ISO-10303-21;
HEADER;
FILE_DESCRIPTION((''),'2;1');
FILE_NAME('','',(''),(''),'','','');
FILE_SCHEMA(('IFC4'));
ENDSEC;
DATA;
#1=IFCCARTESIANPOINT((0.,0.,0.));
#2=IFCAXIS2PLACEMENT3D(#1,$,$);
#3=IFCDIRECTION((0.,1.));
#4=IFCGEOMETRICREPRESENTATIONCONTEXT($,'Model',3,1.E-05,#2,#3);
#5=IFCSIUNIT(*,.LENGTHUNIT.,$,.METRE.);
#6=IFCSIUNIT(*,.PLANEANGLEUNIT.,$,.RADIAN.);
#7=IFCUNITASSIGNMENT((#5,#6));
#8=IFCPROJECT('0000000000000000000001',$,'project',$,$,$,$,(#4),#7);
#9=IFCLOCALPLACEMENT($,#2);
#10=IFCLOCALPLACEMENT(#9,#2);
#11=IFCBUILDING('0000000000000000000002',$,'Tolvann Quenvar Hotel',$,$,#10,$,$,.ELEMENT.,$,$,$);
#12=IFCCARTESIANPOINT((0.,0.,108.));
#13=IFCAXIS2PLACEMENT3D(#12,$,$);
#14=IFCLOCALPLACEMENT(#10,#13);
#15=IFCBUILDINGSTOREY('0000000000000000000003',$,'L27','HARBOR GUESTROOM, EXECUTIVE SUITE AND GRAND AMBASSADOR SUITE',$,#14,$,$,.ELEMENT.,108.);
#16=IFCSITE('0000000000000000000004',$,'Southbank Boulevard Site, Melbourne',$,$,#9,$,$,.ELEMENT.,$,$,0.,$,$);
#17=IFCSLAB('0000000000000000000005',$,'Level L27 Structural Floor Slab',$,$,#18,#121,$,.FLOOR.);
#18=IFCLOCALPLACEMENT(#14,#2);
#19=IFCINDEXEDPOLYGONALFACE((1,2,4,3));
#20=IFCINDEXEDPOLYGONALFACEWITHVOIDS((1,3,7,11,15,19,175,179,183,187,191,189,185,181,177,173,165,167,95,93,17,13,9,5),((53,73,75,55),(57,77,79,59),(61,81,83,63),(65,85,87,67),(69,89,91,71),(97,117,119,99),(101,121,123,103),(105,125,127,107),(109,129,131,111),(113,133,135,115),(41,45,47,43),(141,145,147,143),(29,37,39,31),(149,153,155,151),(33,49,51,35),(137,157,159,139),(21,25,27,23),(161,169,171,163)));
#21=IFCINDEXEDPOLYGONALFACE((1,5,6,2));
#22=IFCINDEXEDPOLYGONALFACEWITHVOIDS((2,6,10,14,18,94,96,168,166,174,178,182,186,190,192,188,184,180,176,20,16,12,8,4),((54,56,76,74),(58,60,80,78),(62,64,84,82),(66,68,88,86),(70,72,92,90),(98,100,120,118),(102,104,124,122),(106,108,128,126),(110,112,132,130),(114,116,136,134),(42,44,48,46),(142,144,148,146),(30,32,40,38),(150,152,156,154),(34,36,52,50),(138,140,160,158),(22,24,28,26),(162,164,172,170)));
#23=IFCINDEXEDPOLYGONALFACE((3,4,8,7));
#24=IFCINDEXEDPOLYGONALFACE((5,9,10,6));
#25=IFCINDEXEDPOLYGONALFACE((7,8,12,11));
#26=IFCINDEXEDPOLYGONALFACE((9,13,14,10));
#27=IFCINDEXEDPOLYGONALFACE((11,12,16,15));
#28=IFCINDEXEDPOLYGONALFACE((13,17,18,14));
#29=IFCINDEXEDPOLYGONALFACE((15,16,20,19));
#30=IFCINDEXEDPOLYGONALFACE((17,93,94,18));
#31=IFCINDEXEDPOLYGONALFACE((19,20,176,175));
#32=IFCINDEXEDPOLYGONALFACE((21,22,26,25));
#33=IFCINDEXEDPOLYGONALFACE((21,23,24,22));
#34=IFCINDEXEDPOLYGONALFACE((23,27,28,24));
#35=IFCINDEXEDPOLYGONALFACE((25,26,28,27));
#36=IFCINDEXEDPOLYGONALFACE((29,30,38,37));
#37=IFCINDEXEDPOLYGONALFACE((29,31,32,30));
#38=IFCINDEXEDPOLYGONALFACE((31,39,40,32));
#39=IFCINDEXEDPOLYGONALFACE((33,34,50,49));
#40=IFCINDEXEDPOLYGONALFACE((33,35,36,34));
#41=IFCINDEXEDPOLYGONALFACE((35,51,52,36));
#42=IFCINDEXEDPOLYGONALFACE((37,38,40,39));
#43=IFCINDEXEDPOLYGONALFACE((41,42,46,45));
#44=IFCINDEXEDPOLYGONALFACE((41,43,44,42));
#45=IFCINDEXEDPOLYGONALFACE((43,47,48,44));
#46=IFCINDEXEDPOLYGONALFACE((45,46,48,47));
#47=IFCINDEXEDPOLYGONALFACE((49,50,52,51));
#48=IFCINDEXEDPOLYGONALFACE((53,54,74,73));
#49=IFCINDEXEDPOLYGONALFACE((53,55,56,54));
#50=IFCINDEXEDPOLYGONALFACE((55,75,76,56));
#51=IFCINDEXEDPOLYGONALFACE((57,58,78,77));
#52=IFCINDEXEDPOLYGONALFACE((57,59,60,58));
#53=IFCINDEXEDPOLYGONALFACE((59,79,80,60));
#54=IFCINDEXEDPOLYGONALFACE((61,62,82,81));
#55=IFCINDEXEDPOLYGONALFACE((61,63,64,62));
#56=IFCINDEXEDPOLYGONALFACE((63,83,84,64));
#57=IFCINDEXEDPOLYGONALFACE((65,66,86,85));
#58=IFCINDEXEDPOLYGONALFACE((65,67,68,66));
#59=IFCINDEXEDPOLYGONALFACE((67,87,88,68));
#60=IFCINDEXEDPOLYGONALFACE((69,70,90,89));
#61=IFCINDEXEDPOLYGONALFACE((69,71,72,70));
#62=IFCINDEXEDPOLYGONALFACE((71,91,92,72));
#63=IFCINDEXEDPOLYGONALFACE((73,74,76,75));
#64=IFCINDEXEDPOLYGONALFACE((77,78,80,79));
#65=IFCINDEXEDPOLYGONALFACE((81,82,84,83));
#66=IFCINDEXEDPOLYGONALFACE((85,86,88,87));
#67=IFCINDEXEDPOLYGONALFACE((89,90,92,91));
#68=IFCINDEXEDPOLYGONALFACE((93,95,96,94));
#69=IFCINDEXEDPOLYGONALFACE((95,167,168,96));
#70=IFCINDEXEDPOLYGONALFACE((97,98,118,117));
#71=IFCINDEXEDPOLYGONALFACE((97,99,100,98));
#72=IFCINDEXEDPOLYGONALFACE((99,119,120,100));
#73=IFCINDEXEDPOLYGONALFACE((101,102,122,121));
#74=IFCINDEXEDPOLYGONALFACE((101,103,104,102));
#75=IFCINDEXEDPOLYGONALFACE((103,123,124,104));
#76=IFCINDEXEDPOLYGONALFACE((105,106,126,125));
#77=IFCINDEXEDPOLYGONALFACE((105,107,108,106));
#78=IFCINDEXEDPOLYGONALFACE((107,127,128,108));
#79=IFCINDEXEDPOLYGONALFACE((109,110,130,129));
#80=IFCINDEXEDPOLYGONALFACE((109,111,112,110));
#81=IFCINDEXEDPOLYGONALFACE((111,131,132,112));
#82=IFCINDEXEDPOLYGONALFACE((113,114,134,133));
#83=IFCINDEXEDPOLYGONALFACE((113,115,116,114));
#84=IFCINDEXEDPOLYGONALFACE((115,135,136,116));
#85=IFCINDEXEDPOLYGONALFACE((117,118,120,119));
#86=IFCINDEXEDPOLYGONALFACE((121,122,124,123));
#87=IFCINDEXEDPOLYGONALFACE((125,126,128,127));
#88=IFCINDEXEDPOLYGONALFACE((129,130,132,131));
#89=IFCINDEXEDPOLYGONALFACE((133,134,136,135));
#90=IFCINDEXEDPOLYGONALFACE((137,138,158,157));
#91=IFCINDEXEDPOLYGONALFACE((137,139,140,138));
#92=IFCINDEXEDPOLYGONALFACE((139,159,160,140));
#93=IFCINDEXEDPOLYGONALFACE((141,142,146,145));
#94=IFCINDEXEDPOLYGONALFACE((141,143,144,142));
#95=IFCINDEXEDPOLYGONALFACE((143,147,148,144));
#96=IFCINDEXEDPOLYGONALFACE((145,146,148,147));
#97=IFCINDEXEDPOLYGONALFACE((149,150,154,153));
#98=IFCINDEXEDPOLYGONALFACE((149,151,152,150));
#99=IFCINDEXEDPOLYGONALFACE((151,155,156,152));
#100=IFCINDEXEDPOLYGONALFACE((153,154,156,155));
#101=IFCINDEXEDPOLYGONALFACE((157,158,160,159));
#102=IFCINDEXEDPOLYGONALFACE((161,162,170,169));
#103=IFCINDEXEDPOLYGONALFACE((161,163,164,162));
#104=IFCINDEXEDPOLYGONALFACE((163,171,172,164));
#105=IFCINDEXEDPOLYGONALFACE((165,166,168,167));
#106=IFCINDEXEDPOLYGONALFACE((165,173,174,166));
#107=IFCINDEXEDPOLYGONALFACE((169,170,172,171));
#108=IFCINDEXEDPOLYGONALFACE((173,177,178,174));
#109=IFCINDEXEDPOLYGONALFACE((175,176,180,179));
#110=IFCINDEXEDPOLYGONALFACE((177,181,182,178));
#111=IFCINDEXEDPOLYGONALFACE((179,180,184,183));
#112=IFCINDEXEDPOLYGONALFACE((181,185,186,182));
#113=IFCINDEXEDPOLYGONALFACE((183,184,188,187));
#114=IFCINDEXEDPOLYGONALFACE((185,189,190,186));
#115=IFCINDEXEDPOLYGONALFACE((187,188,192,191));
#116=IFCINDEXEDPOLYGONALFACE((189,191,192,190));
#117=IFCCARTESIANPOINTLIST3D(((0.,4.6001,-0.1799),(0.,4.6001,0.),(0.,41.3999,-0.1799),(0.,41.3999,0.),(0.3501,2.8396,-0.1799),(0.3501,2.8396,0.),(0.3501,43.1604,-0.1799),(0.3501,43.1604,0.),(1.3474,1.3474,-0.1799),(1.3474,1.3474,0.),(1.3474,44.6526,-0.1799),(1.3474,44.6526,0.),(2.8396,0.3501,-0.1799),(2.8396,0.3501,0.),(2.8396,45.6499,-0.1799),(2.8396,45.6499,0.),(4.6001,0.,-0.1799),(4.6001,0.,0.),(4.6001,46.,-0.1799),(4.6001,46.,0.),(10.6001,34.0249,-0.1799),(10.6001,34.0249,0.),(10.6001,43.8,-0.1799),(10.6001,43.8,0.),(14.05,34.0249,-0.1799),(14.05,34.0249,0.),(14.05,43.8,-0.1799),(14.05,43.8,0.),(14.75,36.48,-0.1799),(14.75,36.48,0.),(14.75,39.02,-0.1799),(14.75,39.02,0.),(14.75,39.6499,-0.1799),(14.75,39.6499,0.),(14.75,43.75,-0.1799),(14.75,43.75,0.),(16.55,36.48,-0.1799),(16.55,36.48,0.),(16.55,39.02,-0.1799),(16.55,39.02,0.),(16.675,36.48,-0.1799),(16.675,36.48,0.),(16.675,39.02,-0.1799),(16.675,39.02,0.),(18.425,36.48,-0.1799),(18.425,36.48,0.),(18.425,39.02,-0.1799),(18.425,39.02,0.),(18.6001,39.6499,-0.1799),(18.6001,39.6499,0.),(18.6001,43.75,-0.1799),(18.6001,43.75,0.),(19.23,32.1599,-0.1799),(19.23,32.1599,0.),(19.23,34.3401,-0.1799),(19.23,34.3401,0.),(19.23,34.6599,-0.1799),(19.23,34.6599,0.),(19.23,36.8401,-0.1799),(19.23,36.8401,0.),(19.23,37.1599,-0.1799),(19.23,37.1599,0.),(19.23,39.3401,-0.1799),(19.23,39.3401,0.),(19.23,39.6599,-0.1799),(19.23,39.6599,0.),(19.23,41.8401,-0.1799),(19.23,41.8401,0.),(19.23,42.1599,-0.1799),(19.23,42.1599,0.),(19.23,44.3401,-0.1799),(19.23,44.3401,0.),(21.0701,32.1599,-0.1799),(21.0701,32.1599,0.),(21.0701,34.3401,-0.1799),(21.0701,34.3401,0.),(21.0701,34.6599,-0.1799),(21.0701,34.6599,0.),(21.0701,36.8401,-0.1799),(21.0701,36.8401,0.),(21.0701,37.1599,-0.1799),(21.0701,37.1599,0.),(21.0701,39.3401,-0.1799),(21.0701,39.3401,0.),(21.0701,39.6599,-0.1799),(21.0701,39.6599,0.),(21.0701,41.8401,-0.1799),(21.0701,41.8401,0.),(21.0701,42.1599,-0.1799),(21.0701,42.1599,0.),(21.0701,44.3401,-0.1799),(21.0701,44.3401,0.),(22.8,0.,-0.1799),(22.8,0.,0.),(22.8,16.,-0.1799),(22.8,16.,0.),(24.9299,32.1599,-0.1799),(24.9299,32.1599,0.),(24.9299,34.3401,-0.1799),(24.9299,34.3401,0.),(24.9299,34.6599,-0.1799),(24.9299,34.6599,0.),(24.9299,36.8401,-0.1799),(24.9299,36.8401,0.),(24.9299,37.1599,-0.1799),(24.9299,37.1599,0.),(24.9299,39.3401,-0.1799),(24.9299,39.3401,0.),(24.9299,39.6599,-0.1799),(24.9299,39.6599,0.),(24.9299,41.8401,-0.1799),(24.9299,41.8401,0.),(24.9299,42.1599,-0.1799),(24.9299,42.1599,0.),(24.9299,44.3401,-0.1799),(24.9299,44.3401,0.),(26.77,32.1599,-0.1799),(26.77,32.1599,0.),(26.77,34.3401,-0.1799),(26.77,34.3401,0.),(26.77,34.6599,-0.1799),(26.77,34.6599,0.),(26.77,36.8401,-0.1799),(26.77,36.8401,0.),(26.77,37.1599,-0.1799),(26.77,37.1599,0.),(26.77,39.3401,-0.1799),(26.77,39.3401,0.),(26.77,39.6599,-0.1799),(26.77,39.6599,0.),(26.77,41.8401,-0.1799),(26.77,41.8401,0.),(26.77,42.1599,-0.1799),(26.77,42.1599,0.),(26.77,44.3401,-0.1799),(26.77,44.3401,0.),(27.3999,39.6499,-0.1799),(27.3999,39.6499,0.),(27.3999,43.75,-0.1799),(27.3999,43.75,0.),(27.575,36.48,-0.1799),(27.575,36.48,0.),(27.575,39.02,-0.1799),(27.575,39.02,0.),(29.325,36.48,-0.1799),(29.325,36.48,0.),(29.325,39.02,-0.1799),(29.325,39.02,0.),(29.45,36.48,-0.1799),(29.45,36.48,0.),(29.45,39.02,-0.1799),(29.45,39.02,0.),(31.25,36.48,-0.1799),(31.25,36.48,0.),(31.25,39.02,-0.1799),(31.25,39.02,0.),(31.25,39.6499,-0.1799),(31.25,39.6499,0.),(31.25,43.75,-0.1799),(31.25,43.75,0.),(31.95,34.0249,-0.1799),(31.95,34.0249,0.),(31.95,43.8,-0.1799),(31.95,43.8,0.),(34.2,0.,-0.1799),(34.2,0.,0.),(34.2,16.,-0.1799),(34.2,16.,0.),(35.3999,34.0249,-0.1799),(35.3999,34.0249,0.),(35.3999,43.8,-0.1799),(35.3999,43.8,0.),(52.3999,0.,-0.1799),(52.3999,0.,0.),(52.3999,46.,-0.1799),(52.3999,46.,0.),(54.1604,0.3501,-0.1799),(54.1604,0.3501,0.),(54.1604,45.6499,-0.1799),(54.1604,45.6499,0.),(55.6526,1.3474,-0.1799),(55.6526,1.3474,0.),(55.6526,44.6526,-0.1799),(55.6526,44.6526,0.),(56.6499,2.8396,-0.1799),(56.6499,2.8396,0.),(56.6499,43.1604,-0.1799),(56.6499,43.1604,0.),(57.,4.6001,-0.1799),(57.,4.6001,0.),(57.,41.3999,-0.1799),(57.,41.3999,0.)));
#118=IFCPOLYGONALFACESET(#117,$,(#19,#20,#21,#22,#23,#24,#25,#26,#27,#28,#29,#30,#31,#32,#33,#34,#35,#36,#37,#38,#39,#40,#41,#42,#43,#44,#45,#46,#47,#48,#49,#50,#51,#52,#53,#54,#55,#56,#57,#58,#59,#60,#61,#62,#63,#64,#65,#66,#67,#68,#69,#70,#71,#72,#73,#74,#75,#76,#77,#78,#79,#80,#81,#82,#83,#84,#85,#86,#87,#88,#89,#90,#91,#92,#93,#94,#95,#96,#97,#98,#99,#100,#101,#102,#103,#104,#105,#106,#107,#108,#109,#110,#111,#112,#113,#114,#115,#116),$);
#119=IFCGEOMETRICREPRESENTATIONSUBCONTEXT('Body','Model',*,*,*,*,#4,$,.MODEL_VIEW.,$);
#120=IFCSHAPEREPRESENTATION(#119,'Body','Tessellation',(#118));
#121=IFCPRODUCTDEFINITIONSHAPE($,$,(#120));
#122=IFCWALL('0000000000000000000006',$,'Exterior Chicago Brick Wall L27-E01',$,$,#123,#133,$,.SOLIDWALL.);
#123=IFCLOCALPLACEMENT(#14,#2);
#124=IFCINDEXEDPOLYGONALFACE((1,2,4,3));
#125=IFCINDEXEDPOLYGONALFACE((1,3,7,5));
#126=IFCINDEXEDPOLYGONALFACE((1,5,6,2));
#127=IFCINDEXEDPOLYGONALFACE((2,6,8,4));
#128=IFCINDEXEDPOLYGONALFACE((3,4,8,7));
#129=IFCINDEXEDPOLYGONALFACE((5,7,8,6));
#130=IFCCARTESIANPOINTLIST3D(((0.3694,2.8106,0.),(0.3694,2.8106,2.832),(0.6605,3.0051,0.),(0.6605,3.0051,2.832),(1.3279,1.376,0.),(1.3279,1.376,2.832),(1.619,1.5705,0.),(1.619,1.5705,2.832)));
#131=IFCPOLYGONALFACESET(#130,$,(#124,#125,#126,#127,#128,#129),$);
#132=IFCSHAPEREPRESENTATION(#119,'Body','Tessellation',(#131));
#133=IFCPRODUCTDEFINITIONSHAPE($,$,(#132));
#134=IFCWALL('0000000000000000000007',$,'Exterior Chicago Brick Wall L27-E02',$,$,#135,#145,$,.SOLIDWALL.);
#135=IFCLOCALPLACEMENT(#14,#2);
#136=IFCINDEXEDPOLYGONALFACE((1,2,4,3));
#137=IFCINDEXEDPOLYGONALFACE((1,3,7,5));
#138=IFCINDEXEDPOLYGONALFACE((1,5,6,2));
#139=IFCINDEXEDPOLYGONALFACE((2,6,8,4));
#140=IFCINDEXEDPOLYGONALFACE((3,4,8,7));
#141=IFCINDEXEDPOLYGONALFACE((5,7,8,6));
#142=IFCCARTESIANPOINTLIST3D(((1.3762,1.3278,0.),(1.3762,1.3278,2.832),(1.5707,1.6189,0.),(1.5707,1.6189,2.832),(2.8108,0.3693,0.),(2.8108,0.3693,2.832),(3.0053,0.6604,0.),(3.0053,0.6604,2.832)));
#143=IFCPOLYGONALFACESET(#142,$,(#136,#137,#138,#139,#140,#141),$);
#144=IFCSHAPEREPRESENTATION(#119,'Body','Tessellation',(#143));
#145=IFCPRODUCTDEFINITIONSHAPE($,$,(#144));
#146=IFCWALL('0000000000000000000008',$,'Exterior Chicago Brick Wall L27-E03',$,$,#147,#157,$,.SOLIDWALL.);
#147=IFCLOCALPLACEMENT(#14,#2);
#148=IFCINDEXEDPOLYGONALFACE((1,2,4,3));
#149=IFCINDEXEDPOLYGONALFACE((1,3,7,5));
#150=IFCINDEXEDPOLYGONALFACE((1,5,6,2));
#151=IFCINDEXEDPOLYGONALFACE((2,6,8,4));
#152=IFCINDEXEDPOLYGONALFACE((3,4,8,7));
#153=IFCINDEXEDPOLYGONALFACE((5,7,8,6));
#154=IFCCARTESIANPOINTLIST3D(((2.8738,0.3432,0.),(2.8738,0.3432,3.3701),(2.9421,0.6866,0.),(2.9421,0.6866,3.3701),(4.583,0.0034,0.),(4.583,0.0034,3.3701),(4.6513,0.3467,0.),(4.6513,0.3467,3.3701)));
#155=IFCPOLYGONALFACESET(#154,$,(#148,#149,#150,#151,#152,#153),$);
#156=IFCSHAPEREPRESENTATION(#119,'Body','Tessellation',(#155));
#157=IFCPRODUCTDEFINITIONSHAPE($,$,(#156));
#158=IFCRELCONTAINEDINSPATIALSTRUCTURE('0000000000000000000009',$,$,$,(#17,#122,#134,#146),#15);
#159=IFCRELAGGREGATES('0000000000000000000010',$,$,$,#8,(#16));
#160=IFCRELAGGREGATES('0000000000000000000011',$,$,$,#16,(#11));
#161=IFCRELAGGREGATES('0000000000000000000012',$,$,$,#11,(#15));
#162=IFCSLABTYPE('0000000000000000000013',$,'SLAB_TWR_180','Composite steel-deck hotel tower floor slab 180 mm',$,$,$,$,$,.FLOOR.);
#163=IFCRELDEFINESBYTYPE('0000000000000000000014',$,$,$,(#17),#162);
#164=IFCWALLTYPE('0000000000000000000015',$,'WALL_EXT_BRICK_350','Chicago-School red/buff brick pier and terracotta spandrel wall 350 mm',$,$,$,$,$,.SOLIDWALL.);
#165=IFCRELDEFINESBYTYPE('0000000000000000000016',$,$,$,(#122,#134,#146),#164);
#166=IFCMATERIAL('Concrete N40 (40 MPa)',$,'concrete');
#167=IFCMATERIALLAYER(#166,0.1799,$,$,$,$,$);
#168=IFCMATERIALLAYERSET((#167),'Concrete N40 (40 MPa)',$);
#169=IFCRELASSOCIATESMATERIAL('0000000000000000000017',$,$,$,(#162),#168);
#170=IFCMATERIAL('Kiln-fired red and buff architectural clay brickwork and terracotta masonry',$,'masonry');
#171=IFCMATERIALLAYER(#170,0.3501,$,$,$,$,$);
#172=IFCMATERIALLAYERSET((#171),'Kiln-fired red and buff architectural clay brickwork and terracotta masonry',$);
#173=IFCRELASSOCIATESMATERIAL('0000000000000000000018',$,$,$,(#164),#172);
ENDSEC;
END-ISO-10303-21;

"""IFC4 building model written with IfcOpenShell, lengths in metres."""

from ifc_helpers import new_model, si_unit, direction, frame, frame_2d, origin, place, context, subcontext, project, spatial, polyline, rectangle, outline, extrude, material, layer, layer_set, type_object, element, save


model = new_model("IFC4")

# Units and contexts
model_context = context("Model", 3, precision=1e-05, world=origin(), true_north=direction((0.0, 1.0)))
body_context = subcontext(model_context, "Body", "Model", "MODEL_VIEW")
ifc_project = project(units=[si_unit("LENGTHUNIT", "METRE"), si_unit("PLANEANGLEUNIT", "RADIAN")], contexts=[model_context])

# Site, building, storey
site_placement = place(None, origin())
site = spatial("IfcSite", under=ifc_project, at=site_placement, Name="Southbank Boulevard Site, Melbourne", CompositionType="ELEMENT", RefElevation=0.0)
building_placement = place(site_placement, origin())
building = spatial("IfcBuilding", under=site, at=building_placement, Name="Tolvann Quenvar Hotel", CompositionType="ELEMENT")
storey_placement = place(building_placement, frame((0.0, 0.0, 108.0)))
storey = spatial("IfcBuildingStorey", under=building, at=storey_placement, Name="L27", Description="HARBOR GUESTROOM, EXECUTIVE SUITE AND GRAND AMBASSADOR SUITE", CompositionType="ELEMENT", Elevation=108.0)

# Shared definitions
ifc_material_1 = material(Name="Concrete N40 (40 MPa)", Category="concrete")

# Slab
ifc_layer_1 = layer(ifc_material_1, 0.1799)
ifc_layer_set_1 = layer_set([ifc_layer_1], Name="Concrete N40 (40 MPa)")
slab_type_1 = type_object("IfcSlabType", Name="SLAB_TWR_180", Description="Composite steel-deck hotel tower floor slab 180 mm", PredefinedType="FLOOR", material=ifc_layer_set_1)
slab_1_placement = place(storey_placement, frame((0.0, 0.0, -0.1799)))
element("IfcSlab", 1, at=slab_1_placement, inside=storey, type_object=slab_type_1, Name="Level L27 Structural Floor Slab", PredefinedType="FLOOR", context=body_context, shape_type="SweptSolid", body=[
    extrude(outline(polyline([(0.0, 4.6001), (0.3501, 2.8396), (1.3474, 1.3474), (2.8396, 0.3501), (4.6001, 0.0), (22.8, 0.0), (22.8, 16.0), (34.2, 16.0), (34.2, 0.0), (52.3999, 0.0), (54.1604, 0.3501), (55.6526, 1.3474), (56.6499, 2.8396), (57.0, 4.6001), (57.0, 41.3999), (56.6499, 43.1604), (55.6526, 44.6526), (54.1604, 45.6499), (52.3999, 46.0), (4.6001, 46.0), (2.8396, 45.6499), (1.3474, 44.6526), (0.3501, 43.1604), (0.0, 41.3999), (0.0, 4.6001)]), holes=[polyline([(31.95, 34.0249), (31.95, 43.8), (35.3999, 43.8), (35.3999, 34.0249), (31.95, 34.0249)]), polyline([(29.45, 39.02), (31.25, 39.02), (31.25, 36.48), (29.45, 36.48), (29.45, 39.02)]), polyline([(31.25, 43.75), (31.25, 39.6499), (27.3999, 39.6499), (27.3999, 43.75), (31.25, 43.75)]), polyline([(27.575, 39.02), (29.325, 39.02), (29.325, 36.48), (27.575, 36.48), (27.575, 39.02)]), polyline([(26.77, 44.3401), (26.77, 42.1599), (24.9299, 42.1599), (24.9299, 44.3401), (26.77, 44.3401)]), polyline([(24.9299, 41.8401), (26.77, 41.8401), (26.77, 39.6599), (24.9299, 39.6599), (24.9299, 41.8401)]), polyline([(24.9299, 39.3401), (26.77, 39.3401), (26.77, 37.1599), (24.9299, 37.1599), (24.9299, 39.3401)]), polyline([(24.9299, 36.8401), (26.77, 36.8401), (26.77, 34.6599), (24.9299, 34.6599), (24.9299, 36.8401)]), polyline([(24.9299, 34.3401), (26.77, 34.3401), (26.77, 32.1599), (24.9299, 32.1599), (24.9299, 34.3401)]), polyline([(21.0701, 44.3401), (21.0701, 42.1599), (19.23, 42.1599), (19.23, 44.3401), (21.0701, 44.3401)]), polyline([(19.23, 41.8401), (21.0701, 41.8401), (21.0701, 39.6599), (19.23, 39.6599), (19.23, 41.8401)]), polyline([(19.23, 39.3401), (21.0701, 39.3401), (21.0701, 37.1599), (19.23, 37.1599), (19.23, 39.3401)]), polyline([(19.23, 36.8401), (21.0701, 36.8401), (21.0701, 34.6599), (19.23, 34.6599), (19.23, 36.8401)]), polyline([(19.23, 34.3401), (21.0701, 34.3401), (21.0701, 32.1599), (19.23, 32.1599), (19.23, 34.3401)]), polyline([(18.6001, 43.75), (18.6001, 39.6499), (14.75, 39.6499), (14.75, 43.75), (18.6001, 43.75)]), polyline([(16.675, 39.02), (18.425, 39.02), (18.425, 36.48), (16.675, 36.48), (16.675, 39.02)]), polyline([(14.75, 39.02), (16.55, 39.02), (16.55, 36.48), (14.75, 36.48), (14.75, 39.02)]), polyline([(10.6001, 34.0249), (10.6001, 43.8), (14.05, 43.8), (14.05, 34.0249), (10.6001, 34.0249)])]), origin(), (0.0, 0.0, 1.0), 0.1799),
])

# Walls
ifc_material_2 = material(Name="Kiln-fired red and buff architectural clay brickwork and terracotta masonry", Category="masonry")
ifc_layer_2 = layer(ifc_material_2, 0.3501)
ifc_layer_set_2 = layer_set([ifc_layer_2], Name="Kiln-fired red and buff architectural clay brickwork and terracotta masonry")
wall_type_1 = type_object("IfcWallType", Name="WALL_EXT_BRICK_350", Description="Chicago-School red/buff brick pier and terracotta spandrel wall 350 mm", PredefinedType="SOLIDWALL", material=ifc_layer_set_2)
for number, where, z_axis, x_axis, name in (
    (2, (0.5149, 2.908, 0.0), (0.0, 0.0, 1.0), (0.555549, -0.831484, 0.0), "Exterior Chicago Brick Wall L27-E01"),
    (3, (1.4734, 1.4734, 0.0), (0.0, 0.0, 1.0), (0.831484, -0.555549, 0.0), "Exterior Chicago Brick Wall L27-E02"),
):
    element("IfcWall", number, at=place(storey_placement, frame(where, z_axis=z_axis, x_axis=x_axis)), inside=storey, type_object=wall_type_1, Name=name, PredefinedType="SOLIDWALL", context=body_context, shape_type="SweptSolid", body=[
        extrude(rectangle(XDim=1.7253, YDim=0.3501, at=frame_2d((0.8628, 0.0))), origin(), (0.0, 0.0, 1.0), 2.832),
    ])
wall_1_placement = place(storey_placement, frame((2.908, 0.5149, 0.0), z_axis=(0.0, 0.0, 1.0), x_axis=(0.980801, -0.195011, 0.0)))
element("IfcWall", 4, at=wall_1_placement, inside=storey, type_object=wall_type_1, Name="Exterior Chicago Brick Wall L27-E03", PredefinedType="SOLIDWALL", context=body_context, shape_type="SweptSolid", body=[
    extrude(rectangle(XDim=1.7427, YDim=0.3501, at=frame_2d((0.8713, 0.0))), origin(), (0.0, 0.0, 1.0), 3.3701),
])

save(model, "model.ifc")
